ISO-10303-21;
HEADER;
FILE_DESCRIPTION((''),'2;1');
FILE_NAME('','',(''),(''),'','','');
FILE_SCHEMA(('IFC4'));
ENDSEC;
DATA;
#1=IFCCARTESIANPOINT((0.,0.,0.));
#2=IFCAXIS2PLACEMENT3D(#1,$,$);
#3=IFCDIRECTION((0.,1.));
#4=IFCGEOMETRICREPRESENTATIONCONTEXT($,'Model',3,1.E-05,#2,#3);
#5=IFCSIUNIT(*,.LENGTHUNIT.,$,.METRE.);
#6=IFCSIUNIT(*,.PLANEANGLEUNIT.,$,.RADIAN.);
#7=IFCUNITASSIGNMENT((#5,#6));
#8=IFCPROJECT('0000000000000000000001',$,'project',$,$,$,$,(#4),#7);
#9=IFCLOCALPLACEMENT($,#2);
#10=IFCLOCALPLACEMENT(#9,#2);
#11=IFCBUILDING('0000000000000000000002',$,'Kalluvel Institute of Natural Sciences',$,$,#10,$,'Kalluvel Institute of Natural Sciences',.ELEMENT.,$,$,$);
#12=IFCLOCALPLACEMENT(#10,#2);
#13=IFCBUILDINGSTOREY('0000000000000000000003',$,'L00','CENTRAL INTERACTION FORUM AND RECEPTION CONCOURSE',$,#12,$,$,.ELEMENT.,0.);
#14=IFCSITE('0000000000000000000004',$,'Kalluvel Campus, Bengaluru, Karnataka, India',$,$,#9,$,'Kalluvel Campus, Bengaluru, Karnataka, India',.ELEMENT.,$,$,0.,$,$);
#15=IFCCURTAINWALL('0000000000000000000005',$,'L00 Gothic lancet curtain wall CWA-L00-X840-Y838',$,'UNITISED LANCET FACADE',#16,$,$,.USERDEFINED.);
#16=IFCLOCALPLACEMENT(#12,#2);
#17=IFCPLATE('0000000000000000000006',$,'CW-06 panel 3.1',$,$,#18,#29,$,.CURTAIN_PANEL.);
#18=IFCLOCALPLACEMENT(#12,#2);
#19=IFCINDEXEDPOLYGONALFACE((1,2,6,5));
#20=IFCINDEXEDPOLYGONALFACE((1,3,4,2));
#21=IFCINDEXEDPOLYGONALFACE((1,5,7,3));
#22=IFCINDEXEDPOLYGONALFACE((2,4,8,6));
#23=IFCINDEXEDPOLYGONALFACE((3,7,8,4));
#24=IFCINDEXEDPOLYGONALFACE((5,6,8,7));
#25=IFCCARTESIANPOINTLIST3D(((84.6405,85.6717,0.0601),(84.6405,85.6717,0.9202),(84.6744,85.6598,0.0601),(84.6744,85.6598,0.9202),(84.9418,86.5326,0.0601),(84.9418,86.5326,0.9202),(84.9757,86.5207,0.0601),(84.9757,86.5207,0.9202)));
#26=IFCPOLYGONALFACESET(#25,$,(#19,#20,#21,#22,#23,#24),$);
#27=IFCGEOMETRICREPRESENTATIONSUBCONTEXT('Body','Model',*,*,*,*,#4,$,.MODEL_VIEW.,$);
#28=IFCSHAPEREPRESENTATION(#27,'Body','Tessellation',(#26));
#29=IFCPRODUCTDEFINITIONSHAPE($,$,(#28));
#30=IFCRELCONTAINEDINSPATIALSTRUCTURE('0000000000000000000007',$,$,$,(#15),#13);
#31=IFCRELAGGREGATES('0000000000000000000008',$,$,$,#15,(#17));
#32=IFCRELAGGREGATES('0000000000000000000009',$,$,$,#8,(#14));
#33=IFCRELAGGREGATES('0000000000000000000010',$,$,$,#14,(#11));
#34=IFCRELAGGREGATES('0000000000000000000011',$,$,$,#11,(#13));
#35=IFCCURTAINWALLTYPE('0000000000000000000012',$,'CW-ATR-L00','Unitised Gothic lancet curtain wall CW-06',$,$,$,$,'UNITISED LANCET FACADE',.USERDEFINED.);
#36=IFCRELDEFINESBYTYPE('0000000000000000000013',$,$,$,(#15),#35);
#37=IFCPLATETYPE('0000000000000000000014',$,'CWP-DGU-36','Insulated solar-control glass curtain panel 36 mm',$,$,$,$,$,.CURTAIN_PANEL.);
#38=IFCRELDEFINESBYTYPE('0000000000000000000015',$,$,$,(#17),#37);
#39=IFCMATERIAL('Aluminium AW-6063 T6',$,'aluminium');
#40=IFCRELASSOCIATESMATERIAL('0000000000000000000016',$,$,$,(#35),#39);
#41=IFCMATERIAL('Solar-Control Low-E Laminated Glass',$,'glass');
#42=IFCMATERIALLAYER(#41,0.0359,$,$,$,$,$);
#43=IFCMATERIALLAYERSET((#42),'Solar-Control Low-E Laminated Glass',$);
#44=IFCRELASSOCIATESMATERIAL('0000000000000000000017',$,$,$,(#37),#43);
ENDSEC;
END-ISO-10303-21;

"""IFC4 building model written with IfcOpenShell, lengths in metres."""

from ifc_helpers import new_model, si_unit, direction, frame, origin, origin_2d, place, context, subcontext, project, spatial, rectangle, extrude, material, layer, layer_set, type_object, element, aggregate, save


model = new_model("IFC4")

# Units and contexts
model_context = context("Model", 3, precision=1e-05, world=origin(), true_north=direction((0.0, 1.0)))
body_context = subcontext(model_context, "Body", "Model", "MODEL_VIEW")
ifc_project = project(units=[si_unit("LENGTHUNIT", "METRE"), si_unit("PLANEANGLEUNIT", "RADIAN")], contexts=[model_context])

# Site, building, storey
site_placement = place(None, origin())
site = spatial("IfcSite", under=ifc_project, at=site_placement, Name="Kalluvel Campus, Bengaluru, Karnataka, India", LongName="Kalluvel Campus, Bengaluru, Karnataka, India", CompositionType="ELEMENT", RefElevation=0.0)
building_placement = place(site_placement, origin())
building = spatial("IfcBuilding", under=site, at=building_placement, Name="Kalluvel Institute of Natural Sciences", LongName="Kalluvel Institute of Natural Sciences", CompositionType="ELEMENT")
storey_placement = place(building_placement, origin())
storey = spatial("IfcBuildingStorey", under=building, at=storey_placement, Name="L00", Description="CENTRAL INTERACTION FORUM AND RECEPTION CONCOURSE", CompositionType="ELEMENT", Elevation=0.0)

# Shared definitions
ifc_material_1 = material(Name="Aluminium AW-6063 T6", Category="aluminium")
curtain_wall_type = type_object("IfcCurtainWallType", Name="CW-ATR-L00", Description="Unitised Gothic lancet curtain wall CW-06", ElementType="UNITISED LANCET FACADE", PredefinedType="USERDEFINED", material=ifc_material_1)

# Curtain wall
curtain_wall_1_placement = place(storey_placement, origin())
curtain_wall_1 = element("IfcCurtainWall", 1, at=curtain_wall_1_placement, inside=storey, type_object=curtain_wall_type, Name="L00 Gothic lancet curtain wall CWA-L00-X840-Y838", ObjectType="UNITISED LANCET FACADE", PredefinedType="USERDEFINED")

# Plate
ifc_material_2 = material(Name="Solar-Control Low-E Laminated Glass", Category="glass")
ifc_layer = layer(ifc_material_2, 0.0359)
ifc_layer_set = layer_set([ifc_layer], Name="Solar-Control Low-E Laminated Glass")
plate_type = type_object("IfcPlateType", Name="CWP-DGU-36", Description="Insulated solar-control glass curtain panel 36 mm", PredefinedType="CURTAIN_PANEL", material=ifc_layer_set)
plate_1_placement = place(storey_placement, frame((84.8081, 86.0962, 0.0601), z_axis=(0.0, 0.0, 1.0), x_axis=(0.330295, 0.943878, 0.0)))
plate_1 = element("IfcPlate", 2, at=plate_1_placement, type_object=plate_type, Name="CW-06 panel 3.1", PredefinedType="CURTAIN_PANEL", context=body_context, shape_type="SweptSolid", body=[
    extrude(rectangle(XDim=0.9121, YDim=0.0359, at=origin_2d()), origin(), (0.0, 0.0, 1.0), 0.8601),
])
aggregate(curtain_wall_1, [plate_1])

save(model, "model.ifc")
